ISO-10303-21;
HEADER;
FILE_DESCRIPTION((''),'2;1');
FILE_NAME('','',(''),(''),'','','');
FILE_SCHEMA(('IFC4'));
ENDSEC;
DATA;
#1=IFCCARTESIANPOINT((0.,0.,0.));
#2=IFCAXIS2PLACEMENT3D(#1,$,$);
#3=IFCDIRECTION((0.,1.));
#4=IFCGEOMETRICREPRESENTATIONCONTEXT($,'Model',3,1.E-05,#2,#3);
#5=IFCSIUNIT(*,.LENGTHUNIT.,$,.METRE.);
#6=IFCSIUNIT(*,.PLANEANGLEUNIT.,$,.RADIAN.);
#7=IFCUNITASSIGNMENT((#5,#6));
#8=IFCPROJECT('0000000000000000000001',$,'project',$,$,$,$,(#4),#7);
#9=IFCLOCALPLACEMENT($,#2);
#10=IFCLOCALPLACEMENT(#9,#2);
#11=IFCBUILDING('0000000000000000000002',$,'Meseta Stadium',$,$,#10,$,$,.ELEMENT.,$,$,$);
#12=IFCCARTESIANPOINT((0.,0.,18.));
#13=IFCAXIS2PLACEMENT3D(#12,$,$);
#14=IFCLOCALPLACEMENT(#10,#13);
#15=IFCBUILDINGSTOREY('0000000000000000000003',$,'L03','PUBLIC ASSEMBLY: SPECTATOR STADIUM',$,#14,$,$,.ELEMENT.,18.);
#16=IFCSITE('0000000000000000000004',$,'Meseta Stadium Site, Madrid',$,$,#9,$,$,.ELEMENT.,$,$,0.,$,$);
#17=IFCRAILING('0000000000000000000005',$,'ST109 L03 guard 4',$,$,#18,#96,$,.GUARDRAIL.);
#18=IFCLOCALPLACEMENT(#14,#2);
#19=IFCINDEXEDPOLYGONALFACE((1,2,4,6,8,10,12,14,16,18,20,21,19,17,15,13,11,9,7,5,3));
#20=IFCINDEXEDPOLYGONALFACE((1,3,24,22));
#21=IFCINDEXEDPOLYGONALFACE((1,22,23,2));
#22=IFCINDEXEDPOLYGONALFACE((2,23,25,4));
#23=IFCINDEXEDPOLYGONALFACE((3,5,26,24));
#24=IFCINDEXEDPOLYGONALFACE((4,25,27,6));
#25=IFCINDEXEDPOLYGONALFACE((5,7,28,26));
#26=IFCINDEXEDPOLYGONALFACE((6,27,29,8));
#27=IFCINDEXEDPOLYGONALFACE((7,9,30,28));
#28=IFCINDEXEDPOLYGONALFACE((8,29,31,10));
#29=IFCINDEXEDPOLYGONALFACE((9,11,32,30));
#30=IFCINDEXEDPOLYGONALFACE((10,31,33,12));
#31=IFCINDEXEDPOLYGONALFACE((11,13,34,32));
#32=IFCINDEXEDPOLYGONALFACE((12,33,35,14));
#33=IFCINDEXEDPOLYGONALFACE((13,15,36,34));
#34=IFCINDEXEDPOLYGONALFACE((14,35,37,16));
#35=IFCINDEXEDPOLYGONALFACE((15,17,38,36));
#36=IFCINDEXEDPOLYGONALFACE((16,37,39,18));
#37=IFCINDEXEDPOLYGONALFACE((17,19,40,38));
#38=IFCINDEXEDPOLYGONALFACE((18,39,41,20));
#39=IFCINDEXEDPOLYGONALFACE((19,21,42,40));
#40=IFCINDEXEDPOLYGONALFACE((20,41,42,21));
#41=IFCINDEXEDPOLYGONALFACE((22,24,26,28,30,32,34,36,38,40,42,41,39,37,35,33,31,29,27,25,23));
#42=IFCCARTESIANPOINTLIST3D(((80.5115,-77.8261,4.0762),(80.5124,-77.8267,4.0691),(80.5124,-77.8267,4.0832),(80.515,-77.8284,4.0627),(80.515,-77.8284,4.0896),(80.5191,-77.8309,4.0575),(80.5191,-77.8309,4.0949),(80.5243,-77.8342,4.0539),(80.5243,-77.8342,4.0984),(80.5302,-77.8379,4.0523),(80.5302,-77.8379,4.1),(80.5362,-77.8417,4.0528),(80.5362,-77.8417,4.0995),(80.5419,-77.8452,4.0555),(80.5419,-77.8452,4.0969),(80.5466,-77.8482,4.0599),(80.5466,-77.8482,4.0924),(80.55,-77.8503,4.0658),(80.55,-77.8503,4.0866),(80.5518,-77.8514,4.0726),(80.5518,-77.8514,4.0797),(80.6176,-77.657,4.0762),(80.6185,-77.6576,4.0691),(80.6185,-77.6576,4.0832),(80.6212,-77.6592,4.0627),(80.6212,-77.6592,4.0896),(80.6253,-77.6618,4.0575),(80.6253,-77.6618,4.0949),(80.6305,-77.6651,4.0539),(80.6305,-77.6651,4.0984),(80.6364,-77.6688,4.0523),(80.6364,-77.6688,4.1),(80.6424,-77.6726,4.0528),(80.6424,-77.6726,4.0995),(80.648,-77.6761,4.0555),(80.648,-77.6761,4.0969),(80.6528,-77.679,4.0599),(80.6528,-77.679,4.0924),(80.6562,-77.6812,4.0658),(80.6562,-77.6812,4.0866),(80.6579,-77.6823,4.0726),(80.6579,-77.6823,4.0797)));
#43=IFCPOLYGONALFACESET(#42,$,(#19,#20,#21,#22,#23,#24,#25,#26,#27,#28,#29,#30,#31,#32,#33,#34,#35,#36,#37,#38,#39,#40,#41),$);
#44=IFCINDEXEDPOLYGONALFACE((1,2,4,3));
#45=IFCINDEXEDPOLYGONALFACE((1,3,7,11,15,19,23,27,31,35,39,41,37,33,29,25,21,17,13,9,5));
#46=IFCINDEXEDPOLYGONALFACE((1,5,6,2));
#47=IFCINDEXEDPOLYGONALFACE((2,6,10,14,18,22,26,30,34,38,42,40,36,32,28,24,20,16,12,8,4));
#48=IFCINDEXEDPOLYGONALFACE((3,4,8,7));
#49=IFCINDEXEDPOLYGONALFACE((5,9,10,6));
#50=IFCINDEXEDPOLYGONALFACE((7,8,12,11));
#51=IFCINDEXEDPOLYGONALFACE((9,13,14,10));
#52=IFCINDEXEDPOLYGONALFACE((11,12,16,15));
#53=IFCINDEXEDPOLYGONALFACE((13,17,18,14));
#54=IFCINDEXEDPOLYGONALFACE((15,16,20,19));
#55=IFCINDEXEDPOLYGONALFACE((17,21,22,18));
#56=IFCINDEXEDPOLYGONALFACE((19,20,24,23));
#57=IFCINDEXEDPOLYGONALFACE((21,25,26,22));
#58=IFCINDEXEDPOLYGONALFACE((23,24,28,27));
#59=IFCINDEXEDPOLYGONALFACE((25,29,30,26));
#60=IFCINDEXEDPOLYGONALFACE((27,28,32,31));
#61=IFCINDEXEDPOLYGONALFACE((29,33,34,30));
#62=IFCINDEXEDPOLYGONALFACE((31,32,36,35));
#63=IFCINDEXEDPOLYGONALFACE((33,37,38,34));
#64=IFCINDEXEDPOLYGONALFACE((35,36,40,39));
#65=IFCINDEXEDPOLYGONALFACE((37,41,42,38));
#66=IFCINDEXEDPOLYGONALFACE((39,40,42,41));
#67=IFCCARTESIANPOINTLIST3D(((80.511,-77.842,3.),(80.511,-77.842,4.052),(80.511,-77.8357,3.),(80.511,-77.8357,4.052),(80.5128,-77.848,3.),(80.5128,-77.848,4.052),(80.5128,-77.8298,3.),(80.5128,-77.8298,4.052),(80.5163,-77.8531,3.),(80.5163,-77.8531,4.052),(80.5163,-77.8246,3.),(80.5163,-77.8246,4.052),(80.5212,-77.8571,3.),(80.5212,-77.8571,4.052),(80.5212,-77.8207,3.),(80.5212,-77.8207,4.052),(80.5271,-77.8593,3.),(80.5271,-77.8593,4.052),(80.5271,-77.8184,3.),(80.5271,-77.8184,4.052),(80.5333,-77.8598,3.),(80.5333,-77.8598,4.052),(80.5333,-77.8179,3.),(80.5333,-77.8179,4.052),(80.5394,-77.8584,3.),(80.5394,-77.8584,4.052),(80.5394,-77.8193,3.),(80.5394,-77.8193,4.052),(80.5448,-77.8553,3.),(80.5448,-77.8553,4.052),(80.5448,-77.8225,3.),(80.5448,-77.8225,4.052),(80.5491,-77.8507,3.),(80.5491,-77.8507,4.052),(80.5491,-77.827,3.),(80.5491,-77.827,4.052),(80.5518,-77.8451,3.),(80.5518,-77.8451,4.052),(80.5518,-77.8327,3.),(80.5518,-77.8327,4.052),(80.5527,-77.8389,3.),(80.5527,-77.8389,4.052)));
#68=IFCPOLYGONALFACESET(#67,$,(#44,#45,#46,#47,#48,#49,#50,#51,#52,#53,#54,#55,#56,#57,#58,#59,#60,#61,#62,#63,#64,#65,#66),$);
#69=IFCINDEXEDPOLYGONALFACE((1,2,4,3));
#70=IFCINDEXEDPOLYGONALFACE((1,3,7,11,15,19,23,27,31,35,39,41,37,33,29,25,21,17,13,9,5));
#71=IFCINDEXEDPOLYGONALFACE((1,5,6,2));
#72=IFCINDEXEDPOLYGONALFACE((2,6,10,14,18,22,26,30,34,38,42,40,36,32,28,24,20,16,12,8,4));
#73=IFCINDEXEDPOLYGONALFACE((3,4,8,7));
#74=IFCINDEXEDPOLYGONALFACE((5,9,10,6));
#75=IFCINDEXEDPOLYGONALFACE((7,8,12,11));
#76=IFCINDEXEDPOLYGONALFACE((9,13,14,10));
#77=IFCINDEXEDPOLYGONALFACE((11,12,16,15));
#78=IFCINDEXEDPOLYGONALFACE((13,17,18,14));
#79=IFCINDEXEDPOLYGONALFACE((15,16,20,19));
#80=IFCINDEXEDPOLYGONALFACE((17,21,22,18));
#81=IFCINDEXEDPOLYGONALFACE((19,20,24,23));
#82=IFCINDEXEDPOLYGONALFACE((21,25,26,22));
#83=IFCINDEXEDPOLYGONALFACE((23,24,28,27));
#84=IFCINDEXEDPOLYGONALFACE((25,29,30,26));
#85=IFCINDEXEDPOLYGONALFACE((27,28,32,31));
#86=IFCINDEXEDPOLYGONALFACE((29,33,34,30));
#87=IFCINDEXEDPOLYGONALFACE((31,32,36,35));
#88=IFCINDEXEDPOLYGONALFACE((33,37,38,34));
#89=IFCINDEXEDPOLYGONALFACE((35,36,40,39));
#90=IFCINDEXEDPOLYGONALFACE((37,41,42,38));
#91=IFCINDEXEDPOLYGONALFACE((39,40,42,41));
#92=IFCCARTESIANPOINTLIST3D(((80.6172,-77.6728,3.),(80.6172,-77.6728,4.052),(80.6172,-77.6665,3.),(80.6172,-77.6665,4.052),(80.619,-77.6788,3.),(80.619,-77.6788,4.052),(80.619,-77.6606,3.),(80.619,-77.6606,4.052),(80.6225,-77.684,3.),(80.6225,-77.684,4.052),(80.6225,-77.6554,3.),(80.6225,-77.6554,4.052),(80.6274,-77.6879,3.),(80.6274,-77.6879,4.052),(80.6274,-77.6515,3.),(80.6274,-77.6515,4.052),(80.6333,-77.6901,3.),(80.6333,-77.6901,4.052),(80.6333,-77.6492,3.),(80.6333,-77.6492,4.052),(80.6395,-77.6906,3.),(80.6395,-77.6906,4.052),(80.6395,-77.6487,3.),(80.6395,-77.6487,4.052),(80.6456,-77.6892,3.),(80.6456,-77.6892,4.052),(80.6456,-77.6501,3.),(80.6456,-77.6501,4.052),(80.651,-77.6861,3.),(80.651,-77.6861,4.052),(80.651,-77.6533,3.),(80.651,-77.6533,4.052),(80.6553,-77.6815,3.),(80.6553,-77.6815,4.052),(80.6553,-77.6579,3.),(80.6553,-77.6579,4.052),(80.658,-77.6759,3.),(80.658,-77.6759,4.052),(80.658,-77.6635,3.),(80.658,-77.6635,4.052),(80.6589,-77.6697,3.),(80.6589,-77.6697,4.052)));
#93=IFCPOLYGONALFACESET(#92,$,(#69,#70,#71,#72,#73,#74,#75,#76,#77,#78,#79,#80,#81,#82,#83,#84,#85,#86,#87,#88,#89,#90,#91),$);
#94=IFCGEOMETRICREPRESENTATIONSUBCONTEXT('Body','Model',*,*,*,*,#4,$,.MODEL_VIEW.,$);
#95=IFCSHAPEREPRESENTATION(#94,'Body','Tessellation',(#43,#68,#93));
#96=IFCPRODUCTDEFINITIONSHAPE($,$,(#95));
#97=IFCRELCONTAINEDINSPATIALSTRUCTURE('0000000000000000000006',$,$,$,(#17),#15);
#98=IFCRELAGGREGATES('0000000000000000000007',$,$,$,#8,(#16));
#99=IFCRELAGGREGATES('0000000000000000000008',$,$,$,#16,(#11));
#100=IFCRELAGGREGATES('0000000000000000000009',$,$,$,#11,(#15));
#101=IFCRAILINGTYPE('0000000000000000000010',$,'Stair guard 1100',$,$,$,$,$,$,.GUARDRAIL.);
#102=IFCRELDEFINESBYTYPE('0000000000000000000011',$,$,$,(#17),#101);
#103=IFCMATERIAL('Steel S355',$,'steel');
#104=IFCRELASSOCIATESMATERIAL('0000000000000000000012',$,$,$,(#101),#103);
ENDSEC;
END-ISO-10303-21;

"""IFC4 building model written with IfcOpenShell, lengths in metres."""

from ifc_helpers import new_model, si_unit, direction, frame, origin, origin_2d, place, context, subcontext, project, spatial, circle, extrude, material, type_object, element, save


model = new_model("IFC4")

# Units and contexts
model_context = context("Model", 3, precision=1e-05, world=origin(), true_north=direction((0.0, 1.0)))
body_context = subcontext(model_context, "Body", "Model", "MODEL_VIEW")
ifc_project = project(units=[si_unit("LENGTHUNIT", "METRE"), si_unit("PLANEANGLEUNIT", "RADIAN")], contexts=[model_context])

# Site, building, storey
site_placement = place(None, origin())
site = spatial("IfcSite", under=ifc_project, at=site_placement, Name="Meseta Stadium Site, Madrid", CompositionType="ELEMENT", RefElevation=0.0)
building_placement = place(site_placement, origin())
building = spatial("IfcBuilding", under=site, at=building_placement, Name="Meseta Stadium", CompositionType="ELEMENT")
storey_placement = place(building_placement, frame((0.0, 0.0, 18.0)))
storey = spatial("IfcBuildingStorey", under=building, at=storey_placement, Name="L03", Description="PUBLIC ASSEMBLY: SPECTATOR STADIUM", CompositionType="ELEMENT", Elevation=18.0)

# Railing
ifc_material_1 = material(Name="Steel S355", Category="steel")
railing_type_1 = type_object("IfcRailingType", Name="Stair guard 1100", PredefinedType="GUARDRAIL", material=ifc_material_1)
railing_1_placement = place(storey_placement, frame((80.5317, -77.8389, 3.0)))
element("IfcRailing", 1, at=railing_1_placement, inside=storey, type_object=railing_type_1, Name="ST109 L03 guard 4", PredefinedType="GUARDRAIL", context=body_context, shape_type="SweptSolid", body=[
    extrude(circle(Radius=0.0239, at=origin_2d()), frame((0.0, 0.0, 1.0762), z_axis=(0.531646, 0.846967, 0.0), x_axis=(-0.846967, 0.531646, 0.0)), (0.0, 0.0, 1.0), 0.1997),
    extrude(circle(Radius=0.021, at=origin_2d()), origin(), (0.0, 0.0, 1.0), 1.052),
    extrude(circle(Radius=0.021, at=origin_2d()), frame((0.1062, 0.1692, 0.0)), (0.0, 0.0, 1.0), 1.052),
])

save(model, "model.ifc")
